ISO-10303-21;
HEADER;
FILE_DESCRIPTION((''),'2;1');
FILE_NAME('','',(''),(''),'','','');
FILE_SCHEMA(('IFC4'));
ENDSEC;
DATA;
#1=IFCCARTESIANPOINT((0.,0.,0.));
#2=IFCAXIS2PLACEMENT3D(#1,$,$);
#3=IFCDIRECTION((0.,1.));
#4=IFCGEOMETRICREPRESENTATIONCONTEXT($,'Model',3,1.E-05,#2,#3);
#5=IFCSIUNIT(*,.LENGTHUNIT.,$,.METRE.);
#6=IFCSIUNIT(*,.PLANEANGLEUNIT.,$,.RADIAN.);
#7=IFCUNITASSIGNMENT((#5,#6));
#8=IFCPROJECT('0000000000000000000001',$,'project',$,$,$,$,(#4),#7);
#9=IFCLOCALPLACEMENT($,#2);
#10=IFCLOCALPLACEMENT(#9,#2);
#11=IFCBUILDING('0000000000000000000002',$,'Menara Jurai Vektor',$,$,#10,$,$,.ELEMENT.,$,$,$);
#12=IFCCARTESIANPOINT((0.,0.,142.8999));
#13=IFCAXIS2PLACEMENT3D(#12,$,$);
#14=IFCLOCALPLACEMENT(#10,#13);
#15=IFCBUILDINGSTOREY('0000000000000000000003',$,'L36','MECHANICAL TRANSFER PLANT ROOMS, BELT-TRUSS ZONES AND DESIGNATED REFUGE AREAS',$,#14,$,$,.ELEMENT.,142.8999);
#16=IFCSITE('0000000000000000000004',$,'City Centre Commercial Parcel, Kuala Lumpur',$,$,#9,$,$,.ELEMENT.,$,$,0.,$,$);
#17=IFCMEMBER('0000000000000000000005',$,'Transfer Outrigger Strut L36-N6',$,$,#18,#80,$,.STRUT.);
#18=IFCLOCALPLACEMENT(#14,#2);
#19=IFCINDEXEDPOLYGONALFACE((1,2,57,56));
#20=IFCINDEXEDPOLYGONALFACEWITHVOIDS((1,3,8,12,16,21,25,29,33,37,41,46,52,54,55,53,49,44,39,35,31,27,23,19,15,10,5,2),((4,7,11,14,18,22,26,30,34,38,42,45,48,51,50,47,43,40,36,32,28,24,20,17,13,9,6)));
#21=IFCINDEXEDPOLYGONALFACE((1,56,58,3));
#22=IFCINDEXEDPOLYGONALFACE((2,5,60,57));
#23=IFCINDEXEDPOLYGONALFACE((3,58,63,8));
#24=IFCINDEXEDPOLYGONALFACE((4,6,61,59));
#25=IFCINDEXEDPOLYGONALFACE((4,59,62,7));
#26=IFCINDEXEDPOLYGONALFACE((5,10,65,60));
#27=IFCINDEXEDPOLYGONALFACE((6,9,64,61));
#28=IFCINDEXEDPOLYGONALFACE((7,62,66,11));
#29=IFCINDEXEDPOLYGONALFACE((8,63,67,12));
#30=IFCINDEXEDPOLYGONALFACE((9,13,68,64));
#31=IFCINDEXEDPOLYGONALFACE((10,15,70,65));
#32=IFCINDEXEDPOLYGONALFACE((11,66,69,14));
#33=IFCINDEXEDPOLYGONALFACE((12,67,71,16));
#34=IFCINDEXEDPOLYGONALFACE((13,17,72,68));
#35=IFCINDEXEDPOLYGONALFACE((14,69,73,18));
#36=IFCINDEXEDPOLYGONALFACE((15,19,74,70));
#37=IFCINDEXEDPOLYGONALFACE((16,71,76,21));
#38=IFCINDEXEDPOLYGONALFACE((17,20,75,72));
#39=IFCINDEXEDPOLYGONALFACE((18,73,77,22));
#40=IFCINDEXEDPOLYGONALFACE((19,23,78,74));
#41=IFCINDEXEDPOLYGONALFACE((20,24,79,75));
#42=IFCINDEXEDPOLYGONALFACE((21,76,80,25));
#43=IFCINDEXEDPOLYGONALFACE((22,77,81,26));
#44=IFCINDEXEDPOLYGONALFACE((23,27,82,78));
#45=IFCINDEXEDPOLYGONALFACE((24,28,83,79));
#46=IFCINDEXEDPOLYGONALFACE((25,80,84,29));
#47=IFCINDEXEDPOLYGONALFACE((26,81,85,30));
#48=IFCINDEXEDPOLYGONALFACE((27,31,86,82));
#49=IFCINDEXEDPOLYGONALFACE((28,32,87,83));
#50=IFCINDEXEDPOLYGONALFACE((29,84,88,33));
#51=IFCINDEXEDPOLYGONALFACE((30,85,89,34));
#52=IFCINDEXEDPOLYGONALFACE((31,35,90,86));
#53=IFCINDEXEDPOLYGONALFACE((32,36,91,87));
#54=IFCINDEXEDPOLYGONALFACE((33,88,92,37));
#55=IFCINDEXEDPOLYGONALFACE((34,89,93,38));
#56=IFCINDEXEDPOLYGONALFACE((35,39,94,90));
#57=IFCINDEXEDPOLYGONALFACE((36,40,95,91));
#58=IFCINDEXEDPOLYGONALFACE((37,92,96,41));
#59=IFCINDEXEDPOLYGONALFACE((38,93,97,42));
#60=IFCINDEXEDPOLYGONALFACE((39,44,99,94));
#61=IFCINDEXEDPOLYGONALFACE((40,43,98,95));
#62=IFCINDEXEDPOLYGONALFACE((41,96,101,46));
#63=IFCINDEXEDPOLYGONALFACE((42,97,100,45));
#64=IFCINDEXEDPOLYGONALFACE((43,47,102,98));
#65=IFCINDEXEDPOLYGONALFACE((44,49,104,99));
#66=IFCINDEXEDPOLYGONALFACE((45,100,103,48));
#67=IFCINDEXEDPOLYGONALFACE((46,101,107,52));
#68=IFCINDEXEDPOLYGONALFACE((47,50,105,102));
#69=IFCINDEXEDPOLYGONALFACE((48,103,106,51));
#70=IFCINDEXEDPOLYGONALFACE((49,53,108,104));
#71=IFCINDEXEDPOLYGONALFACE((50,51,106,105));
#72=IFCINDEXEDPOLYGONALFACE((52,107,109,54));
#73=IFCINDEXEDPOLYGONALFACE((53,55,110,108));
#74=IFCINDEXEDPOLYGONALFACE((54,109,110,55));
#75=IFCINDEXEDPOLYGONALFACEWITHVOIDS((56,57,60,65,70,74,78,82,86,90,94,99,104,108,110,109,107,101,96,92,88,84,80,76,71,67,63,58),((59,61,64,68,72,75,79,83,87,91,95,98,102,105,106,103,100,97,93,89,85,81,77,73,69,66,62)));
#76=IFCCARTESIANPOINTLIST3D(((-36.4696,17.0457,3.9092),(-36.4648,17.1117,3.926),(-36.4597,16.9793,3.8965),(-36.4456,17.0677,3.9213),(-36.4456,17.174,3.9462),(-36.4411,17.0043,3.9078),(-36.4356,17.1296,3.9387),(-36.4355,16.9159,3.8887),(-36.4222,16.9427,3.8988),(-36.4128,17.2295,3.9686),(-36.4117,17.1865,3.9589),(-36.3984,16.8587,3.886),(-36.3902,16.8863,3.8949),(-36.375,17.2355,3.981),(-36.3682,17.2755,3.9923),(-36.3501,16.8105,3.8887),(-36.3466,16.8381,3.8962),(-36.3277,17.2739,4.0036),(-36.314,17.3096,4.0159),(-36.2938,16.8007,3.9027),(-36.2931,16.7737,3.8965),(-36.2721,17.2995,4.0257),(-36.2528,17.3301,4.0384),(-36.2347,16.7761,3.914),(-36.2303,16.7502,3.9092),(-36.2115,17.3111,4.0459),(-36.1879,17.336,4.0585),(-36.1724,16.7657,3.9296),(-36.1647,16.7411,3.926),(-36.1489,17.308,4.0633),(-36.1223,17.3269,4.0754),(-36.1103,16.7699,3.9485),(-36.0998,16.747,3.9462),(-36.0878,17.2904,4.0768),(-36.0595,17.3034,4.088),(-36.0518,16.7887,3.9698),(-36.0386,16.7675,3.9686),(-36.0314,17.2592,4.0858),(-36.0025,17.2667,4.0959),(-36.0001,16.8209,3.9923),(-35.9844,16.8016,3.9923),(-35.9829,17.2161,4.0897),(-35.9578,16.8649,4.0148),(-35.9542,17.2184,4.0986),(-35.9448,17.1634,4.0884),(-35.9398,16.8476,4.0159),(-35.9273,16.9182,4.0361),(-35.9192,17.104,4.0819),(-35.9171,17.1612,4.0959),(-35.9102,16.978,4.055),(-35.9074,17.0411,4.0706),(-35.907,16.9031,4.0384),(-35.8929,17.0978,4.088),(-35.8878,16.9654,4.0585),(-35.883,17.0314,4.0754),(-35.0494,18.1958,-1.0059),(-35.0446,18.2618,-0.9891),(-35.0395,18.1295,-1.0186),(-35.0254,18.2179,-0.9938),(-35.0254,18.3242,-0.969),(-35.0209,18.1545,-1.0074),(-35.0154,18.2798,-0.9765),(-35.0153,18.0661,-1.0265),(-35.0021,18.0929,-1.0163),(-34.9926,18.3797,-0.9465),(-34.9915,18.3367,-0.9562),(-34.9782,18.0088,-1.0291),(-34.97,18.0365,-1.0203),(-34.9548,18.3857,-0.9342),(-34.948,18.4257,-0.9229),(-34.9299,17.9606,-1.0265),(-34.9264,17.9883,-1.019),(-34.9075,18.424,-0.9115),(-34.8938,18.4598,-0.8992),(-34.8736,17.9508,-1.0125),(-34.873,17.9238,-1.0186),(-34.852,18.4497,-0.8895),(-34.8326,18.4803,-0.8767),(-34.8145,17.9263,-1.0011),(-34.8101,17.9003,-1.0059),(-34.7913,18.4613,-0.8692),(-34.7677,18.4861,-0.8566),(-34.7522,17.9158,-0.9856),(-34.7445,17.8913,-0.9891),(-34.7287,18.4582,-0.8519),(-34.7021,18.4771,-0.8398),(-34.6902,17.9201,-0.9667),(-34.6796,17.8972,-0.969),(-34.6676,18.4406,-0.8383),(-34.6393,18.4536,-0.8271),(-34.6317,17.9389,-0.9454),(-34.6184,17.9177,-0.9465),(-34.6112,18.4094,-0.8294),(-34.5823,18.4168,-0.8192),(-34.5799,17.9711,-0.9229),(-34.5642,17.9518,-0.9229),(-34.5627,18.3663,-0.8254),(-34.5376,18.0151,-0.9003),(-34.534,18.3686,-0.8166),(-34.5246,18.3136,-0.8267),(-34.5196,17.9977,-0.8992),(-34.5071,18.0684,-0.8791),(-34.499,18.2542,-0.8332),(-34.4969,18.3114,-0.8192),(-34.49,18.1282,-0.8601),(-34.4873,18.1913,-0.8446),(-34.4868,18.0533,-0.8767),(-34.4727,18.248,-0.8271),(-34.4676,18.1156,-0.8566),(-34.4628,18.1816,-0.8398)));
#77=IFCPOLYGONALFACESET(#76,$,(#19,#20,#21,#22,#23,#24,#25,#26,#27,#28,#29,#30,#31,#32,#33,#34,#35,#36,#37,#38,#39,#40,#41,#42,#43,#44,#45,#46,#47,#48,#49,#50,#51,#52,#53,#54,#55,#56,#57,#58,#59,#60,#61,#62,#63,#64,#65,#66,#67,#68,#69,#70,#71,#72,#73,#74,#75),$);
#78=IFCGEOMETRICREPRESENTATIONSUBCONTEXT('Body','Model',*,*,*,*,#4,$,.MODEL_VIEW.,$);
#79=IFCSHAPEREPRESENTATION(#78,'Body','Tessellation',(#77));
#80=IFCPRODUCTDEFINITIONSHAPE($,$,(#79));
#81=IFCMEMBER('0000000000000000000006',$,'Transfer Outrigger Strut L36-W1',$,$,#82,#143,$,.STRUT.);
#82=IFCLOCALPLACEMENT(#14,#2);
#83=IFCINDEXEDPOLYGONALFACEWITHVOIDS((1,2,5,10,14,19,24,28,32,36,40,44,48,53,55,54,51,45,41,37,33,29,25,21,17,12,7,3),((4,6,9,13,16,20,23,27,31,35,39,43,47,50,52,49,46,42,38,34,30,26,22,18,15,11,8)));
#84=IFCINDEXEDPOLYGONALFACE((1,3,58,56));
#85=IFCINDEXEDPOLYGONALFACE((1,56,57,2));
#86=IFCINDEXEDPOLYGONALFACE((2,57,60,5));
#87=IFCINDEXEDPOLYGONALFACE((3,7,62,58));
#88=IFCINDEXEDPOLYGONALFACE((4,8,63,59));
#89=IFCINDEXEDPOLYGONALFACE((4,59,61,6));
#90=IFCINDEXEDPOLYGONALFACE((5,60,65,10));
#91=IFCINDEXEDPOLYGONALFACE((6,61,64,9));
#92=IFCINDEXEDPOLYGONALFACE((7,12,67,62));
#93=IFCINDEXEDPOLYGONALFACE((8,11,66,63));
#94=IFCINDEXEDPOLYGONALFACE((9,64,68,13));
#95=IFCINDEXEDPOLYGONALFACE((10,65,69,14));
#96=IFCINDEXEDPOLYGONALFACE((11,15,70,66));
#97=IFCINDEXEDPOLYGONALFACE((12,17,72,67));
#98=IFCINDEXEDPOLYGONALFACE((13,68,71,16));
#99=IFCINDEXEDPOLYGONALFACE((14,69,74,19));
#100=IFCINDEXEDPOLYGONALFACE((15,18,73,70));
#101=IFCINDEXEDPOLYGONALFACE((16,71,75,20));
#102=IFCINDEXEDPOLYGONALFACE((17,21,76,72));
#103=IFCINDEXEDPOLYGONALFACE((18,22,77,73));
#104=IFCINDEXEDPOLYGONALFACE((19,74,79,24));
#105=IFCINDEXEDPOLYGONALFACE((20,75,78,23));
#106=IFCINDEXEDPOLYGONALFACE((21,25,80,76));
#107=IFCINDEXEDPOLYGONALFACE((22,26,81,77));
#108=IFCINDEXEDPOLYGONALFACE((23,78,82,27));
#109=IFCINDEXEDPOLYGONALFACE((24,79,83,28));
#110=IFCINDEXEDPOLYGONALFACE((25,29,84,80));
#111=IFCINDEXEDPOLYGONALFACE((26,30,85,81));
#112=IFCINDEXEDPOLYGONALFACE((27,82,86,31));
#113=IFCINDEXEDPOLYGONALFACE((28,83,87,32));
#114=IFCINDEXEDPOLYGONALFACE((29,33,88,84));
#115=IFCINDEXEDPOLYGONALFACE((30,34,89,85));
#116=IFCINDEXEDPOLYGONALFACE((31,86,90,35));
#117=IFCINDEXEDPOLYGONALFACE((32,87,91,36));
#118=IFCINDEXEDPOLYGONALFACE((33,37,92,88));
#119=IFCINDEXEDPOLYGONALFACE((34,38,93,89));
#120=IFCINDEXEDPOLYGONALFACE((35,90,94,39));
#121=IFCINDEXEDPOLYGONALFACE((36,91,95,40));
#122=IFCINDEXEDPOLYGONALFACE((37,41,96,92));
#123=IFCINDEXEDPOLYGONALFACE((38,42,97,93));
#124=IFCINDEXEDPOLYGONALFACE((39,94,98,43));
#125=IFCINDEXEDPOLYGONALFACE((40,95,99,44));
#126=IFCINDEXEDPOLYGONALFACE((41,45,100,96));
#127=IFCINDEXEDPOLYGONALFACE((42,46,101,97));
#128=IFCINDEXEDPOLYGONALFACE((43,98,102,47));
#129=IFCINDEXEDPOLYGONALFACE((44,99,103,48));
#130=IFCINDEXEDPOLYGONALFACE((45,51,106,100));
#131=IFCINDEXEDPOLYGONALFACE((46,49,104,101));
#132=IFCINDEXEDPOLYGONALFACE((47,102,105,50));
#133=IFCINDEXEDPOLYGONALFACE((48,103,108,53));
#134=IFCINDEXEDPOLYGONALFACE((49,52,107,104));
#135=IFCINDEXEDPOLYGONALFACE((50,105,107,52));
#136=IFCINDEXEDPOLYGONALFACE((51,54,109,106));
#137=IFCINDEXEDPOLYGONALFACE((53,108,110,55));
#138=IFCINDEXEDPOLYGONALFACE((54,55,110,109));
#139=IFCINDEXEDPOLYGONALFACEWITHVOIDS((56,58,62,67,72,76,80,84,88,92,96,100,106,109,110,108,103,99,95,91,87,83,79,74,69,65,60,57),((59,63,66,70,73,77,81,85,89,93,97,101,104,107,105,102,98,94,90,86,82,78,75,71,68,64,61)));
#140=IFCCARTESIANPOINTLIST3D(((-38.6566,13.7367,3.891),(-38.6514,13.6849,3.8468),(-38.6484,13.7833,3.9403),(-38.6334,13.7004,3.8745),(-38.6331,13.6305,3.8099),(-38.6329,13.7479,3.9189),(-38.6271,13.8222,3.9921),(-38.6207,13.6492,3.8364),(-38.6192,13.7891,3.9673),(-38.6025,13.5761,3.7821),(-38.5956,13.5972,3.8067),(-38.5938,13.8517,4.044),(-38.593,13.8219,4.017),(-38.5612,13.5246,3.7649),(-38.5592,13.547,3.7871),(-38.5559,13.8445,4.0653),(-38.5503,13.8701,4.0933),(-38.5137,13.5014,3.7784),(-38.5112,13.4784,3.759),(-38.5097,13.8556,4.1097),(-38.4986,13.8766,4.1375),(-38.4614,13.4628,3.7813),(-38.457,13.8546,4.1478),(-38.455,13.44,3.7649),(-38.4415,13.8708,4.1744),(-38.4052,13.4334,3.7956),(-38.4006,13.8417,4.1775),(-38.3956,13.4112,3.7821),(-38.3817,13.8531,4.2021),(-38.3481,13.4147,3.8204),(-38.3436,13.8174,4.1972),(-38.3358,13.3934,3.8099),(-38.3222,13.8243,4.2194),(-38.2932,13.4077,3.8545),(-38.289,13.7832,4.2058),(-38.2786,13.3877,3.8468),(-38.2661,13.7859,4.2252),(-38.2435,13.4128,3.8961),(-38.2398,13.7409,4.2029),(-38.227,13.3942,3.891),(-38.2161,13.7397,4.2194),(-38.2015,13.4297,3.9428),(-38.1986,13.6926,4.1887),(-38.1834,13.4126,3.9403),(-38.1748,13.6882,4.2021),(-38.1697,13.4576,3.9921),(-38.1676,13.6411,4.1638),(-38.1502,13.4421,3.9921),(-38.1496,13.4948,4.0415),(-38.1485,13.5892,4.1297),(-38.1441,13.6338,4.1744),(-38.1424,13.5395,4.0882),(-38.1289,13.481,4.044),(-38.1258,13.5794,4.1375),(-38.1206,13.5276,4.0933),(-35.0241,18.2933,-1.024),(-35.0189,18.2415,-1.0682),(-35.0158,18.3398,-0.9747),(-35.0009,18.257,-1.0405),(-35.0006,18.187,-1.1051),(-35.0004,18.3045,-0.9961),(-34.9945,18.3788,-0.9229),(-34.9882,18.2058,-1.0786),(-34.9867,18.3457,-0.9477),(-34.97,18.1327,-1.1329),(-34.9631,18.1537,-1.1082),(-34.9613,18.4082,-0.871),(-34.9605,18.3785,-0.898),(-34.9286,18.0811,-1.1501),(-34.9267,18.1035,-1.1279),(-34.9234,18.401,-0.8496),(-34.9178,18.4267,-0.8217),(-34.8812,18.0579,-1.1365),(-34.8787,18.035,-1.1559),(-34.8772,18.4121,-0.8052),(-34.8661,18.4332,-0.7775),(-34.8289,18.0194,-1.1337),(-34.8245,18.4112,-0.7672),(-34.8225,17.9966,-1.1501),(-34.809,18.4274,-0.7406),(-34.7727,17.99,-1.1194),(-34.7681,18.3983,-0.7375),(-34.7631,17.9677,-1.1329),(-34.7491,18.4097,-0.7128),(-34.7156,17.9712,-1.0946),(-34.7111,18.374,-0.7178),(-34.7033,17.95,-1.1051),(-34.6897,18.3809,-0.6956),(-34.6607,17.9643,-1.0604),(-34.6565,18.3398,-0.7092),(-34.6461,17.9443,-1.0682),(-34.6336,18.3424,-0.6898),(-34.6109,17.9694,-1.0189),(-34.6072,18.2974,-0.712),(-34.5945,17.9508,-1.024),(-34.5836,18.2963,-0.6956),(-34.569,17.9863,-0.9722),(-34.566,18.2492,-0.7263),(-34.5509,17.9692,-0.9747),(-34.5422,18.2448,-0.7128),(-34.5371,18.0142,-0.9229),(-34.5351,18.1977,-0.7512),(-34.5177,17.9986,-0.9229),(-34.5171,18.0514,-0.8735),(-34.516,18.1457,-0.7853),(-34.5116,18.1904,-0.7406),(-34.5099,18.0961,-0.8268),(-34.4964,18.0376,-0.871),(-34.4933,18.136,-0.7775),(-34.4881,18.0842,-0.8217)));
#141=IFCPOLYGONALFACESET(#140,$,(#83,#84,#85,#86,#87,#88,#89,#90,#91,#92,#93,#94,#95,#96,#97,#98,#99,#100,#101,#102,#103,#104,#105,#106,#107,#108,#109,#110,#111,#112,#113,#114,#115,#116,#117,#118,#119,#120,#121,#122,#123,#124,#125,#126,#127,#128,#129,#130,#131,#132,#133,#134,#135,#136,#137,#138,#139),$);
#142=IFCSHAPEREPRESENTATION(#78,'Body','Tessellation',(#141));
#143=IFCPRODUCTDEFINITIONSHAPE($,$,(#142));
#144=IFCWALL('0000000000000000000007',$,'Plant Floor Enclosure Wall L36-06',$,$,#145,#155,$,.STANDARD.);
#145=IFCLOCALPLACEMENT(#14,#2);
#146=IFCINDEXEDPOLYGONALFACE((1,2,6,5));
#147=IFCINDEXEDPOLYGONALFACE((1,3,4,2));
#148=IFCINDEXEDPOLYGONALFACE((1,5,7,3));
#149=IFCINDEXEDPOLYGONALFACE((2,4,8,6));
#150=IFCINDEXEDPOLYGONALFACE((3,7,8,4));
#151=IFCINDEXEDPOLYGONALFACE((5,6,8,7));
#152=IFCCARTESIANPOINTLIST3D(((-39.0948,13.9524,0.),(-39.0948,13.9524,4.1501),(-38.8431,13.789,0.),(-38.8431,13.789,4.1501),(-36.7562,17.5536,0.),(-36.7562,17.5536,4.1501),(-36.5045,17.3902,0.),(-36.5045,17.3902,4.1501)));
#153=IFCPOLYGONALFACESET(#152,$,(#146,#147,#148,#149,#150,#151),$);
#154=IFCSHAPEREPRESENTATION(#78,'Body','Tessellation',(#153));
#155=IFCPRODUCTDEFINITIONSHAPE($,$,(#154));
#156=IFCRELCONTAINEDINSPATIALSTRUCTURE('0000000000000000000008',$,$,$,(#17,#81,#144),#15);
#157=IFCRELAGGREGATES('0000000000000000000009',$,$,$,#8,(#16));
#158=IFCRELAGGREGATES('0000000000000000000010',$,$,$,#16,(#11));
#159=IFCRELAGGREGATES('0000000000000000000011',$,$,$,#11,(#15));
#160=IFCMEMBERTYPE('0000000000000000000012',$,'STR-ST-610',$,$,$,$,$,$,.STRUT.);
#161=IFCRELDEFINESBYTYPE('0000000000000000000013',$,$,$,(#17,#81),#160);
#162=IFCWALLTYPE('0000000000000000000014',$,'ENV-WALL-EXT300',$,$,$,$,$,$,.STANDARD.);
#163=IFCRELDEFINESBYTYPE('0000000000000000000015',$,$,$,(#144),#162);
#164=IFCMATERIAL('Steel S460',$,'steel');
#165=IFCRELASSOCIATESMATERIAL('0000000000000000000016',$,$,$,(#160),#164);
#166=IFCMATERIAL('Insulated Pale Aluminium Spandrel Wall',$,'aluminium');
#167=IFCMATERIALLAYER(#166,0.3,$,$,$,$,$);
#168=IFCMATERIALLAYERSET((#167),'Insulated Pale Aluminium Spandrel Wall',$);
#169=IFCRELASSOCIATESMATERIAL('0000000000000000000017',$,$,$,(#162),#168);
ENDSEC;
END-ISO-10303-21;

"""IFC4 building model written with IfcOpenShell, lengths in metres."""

from ifc_helpers import new_model, si_unit, direction, frame, frame_2d, origin, origin_2d, place, context, subcontext, project, spatial, rectangle, hollow_circle, extrude, material, layer, layer_set, material_profile, profile_set, type_object, element, save


model = new_model("IFC4")

# Units and contexts
model_context = context("Model", 3, precision=1e-05, world=origin(), true_north=direction((0.0, 1.0)))
body_context = subcontext(model_context, "Body", "Model", "MODEL_VIEW")
ifc_project = project(units=[si_unit("LENGTHUNIT", "METRE"), si_unit("PLANEANGLEUNIT", "RADIAN")], contexts=[model_context])

# Site, building, storey
site_placement = place(None, origin())
site = spatial("IfcSite", under=ifc_project, at=site_placement, Name="City Centre Commercial Parcel, Kuala Lumpur", CompositionType="ELEMENT", RefElevation=0.0)
building_placement = place(site_placement, origin())
building = spatial("IfcBuilding", under=site, at=building_placement, Name="Menara Jurai Vektor", CompositionType="ELEMENT")
storey_placement = place(building_placement, frame((0.0, 0.0, 142.8999)))
storey = spatial("IfcBuildingStorey", under=building, at=storey_placement, Name="L36", Description="MECHANICAL TRANSFER PLANT ROOMS, BELT-TRUSS ZONES AND DESIGNATED REFUGE AREAS", CompositionType="ELEMENT", Elevation=142.8999)

# Shared definitions
ifc_material_1 = material(Name="Steel S460", Category="steel")

# Members
ifc_material_profile_1 = material_profile(ifc_material_1, hollow_circle(Radius=0.3049, WallThickness=0.0249, at=origin_2d()), Name="CHS 610x25")
ifc_profile_set_1 = profile_set([ifc_material_profile_1], Name="Steel S460")
member_type_1 = type_object("IfcMemberType", Name="STR-ST-610", PredefinedType="STRUT", material=ifc_profile_set_1)
member_1_placement = place(storey_placement, frame((-34.7561, 18.1887, -0.9229), z_axis=(-0.270828, -0.219335, 0.937307), x_axis=(0.62936, -0.777114, 0.0)))
element("IfcMember", 1, at=member_1_placement, inside=storey, type_object=member_type_1, Name="Transfer Outrigger Strut L36-N6", PredefinedType="STRUT", context=body_context, shape_type="SweptSolid", body=[
    extrude(hollow_circle(Radius=0.3049, WallThickness=0.0249, at=origin_2d()), origin(), (0.0, 0.0, 1.0), 5.2439),
])
member_2_placement = place(storey_placement, frame((-34.7561, 18.1887, -0.9229), z_axis=(-0.476503, -0.597718, 0.644731), x_axis=(0.781934, -0.623361, 0.0)))
element("IfcMember", 2, at=member_2_placement, inside=storey, type_object=member_type_1, Name="Transfer Outrigger Strut L36-W1", PredefinedType="STRUT", context=body_context, shape_type="SweptSolid", body=[
    extrude(hollow_circle(Radius=0.3049, WallThickness=0.0249, at=origin_2d()), origin(), (0.0, 0.0, 1.0), 7.6233),
])

# Wall
ifc_material_2 = material(Name="Insulated Pale Aluminium Spandrel Wall", Category="aluminium")
ifc_layer_1 = layer(ifc_material_2, 0.3)
ifc_layer_set_1 = layer_set([ifc_layer_1], Name="Insulated Pale Aluminium Spandrel Wall")
wall_type = type_object("IfcWallType", Name="ENV-WALL-EXT300", PredefinedType="STANDARD", material=ifc_layer_set_1)
wall_placement = place(storey_placement, frame((-36.6304, 17.4719, 0.0), z_axis=(0.0, 0.0, 1.0), x_axis=(-0.544623, -0.838681, 0.0)))
element("IfcWall", 3, at=wall_placement, inside=storey, type_object=wall_type, Name="Plant Floor Enclosure Wall L36-06", PredefinedType="STANDARD", context=body_context, shape_type="SweptSolid", body=[
    extrude(rectangle(XDim=4.2939, YDim=0.3, at=frame_2d((2.147, 0.0))), origin(), (0.0, 0.0, 1.0), 4.1501),
])

save(model, "model.ifc")
